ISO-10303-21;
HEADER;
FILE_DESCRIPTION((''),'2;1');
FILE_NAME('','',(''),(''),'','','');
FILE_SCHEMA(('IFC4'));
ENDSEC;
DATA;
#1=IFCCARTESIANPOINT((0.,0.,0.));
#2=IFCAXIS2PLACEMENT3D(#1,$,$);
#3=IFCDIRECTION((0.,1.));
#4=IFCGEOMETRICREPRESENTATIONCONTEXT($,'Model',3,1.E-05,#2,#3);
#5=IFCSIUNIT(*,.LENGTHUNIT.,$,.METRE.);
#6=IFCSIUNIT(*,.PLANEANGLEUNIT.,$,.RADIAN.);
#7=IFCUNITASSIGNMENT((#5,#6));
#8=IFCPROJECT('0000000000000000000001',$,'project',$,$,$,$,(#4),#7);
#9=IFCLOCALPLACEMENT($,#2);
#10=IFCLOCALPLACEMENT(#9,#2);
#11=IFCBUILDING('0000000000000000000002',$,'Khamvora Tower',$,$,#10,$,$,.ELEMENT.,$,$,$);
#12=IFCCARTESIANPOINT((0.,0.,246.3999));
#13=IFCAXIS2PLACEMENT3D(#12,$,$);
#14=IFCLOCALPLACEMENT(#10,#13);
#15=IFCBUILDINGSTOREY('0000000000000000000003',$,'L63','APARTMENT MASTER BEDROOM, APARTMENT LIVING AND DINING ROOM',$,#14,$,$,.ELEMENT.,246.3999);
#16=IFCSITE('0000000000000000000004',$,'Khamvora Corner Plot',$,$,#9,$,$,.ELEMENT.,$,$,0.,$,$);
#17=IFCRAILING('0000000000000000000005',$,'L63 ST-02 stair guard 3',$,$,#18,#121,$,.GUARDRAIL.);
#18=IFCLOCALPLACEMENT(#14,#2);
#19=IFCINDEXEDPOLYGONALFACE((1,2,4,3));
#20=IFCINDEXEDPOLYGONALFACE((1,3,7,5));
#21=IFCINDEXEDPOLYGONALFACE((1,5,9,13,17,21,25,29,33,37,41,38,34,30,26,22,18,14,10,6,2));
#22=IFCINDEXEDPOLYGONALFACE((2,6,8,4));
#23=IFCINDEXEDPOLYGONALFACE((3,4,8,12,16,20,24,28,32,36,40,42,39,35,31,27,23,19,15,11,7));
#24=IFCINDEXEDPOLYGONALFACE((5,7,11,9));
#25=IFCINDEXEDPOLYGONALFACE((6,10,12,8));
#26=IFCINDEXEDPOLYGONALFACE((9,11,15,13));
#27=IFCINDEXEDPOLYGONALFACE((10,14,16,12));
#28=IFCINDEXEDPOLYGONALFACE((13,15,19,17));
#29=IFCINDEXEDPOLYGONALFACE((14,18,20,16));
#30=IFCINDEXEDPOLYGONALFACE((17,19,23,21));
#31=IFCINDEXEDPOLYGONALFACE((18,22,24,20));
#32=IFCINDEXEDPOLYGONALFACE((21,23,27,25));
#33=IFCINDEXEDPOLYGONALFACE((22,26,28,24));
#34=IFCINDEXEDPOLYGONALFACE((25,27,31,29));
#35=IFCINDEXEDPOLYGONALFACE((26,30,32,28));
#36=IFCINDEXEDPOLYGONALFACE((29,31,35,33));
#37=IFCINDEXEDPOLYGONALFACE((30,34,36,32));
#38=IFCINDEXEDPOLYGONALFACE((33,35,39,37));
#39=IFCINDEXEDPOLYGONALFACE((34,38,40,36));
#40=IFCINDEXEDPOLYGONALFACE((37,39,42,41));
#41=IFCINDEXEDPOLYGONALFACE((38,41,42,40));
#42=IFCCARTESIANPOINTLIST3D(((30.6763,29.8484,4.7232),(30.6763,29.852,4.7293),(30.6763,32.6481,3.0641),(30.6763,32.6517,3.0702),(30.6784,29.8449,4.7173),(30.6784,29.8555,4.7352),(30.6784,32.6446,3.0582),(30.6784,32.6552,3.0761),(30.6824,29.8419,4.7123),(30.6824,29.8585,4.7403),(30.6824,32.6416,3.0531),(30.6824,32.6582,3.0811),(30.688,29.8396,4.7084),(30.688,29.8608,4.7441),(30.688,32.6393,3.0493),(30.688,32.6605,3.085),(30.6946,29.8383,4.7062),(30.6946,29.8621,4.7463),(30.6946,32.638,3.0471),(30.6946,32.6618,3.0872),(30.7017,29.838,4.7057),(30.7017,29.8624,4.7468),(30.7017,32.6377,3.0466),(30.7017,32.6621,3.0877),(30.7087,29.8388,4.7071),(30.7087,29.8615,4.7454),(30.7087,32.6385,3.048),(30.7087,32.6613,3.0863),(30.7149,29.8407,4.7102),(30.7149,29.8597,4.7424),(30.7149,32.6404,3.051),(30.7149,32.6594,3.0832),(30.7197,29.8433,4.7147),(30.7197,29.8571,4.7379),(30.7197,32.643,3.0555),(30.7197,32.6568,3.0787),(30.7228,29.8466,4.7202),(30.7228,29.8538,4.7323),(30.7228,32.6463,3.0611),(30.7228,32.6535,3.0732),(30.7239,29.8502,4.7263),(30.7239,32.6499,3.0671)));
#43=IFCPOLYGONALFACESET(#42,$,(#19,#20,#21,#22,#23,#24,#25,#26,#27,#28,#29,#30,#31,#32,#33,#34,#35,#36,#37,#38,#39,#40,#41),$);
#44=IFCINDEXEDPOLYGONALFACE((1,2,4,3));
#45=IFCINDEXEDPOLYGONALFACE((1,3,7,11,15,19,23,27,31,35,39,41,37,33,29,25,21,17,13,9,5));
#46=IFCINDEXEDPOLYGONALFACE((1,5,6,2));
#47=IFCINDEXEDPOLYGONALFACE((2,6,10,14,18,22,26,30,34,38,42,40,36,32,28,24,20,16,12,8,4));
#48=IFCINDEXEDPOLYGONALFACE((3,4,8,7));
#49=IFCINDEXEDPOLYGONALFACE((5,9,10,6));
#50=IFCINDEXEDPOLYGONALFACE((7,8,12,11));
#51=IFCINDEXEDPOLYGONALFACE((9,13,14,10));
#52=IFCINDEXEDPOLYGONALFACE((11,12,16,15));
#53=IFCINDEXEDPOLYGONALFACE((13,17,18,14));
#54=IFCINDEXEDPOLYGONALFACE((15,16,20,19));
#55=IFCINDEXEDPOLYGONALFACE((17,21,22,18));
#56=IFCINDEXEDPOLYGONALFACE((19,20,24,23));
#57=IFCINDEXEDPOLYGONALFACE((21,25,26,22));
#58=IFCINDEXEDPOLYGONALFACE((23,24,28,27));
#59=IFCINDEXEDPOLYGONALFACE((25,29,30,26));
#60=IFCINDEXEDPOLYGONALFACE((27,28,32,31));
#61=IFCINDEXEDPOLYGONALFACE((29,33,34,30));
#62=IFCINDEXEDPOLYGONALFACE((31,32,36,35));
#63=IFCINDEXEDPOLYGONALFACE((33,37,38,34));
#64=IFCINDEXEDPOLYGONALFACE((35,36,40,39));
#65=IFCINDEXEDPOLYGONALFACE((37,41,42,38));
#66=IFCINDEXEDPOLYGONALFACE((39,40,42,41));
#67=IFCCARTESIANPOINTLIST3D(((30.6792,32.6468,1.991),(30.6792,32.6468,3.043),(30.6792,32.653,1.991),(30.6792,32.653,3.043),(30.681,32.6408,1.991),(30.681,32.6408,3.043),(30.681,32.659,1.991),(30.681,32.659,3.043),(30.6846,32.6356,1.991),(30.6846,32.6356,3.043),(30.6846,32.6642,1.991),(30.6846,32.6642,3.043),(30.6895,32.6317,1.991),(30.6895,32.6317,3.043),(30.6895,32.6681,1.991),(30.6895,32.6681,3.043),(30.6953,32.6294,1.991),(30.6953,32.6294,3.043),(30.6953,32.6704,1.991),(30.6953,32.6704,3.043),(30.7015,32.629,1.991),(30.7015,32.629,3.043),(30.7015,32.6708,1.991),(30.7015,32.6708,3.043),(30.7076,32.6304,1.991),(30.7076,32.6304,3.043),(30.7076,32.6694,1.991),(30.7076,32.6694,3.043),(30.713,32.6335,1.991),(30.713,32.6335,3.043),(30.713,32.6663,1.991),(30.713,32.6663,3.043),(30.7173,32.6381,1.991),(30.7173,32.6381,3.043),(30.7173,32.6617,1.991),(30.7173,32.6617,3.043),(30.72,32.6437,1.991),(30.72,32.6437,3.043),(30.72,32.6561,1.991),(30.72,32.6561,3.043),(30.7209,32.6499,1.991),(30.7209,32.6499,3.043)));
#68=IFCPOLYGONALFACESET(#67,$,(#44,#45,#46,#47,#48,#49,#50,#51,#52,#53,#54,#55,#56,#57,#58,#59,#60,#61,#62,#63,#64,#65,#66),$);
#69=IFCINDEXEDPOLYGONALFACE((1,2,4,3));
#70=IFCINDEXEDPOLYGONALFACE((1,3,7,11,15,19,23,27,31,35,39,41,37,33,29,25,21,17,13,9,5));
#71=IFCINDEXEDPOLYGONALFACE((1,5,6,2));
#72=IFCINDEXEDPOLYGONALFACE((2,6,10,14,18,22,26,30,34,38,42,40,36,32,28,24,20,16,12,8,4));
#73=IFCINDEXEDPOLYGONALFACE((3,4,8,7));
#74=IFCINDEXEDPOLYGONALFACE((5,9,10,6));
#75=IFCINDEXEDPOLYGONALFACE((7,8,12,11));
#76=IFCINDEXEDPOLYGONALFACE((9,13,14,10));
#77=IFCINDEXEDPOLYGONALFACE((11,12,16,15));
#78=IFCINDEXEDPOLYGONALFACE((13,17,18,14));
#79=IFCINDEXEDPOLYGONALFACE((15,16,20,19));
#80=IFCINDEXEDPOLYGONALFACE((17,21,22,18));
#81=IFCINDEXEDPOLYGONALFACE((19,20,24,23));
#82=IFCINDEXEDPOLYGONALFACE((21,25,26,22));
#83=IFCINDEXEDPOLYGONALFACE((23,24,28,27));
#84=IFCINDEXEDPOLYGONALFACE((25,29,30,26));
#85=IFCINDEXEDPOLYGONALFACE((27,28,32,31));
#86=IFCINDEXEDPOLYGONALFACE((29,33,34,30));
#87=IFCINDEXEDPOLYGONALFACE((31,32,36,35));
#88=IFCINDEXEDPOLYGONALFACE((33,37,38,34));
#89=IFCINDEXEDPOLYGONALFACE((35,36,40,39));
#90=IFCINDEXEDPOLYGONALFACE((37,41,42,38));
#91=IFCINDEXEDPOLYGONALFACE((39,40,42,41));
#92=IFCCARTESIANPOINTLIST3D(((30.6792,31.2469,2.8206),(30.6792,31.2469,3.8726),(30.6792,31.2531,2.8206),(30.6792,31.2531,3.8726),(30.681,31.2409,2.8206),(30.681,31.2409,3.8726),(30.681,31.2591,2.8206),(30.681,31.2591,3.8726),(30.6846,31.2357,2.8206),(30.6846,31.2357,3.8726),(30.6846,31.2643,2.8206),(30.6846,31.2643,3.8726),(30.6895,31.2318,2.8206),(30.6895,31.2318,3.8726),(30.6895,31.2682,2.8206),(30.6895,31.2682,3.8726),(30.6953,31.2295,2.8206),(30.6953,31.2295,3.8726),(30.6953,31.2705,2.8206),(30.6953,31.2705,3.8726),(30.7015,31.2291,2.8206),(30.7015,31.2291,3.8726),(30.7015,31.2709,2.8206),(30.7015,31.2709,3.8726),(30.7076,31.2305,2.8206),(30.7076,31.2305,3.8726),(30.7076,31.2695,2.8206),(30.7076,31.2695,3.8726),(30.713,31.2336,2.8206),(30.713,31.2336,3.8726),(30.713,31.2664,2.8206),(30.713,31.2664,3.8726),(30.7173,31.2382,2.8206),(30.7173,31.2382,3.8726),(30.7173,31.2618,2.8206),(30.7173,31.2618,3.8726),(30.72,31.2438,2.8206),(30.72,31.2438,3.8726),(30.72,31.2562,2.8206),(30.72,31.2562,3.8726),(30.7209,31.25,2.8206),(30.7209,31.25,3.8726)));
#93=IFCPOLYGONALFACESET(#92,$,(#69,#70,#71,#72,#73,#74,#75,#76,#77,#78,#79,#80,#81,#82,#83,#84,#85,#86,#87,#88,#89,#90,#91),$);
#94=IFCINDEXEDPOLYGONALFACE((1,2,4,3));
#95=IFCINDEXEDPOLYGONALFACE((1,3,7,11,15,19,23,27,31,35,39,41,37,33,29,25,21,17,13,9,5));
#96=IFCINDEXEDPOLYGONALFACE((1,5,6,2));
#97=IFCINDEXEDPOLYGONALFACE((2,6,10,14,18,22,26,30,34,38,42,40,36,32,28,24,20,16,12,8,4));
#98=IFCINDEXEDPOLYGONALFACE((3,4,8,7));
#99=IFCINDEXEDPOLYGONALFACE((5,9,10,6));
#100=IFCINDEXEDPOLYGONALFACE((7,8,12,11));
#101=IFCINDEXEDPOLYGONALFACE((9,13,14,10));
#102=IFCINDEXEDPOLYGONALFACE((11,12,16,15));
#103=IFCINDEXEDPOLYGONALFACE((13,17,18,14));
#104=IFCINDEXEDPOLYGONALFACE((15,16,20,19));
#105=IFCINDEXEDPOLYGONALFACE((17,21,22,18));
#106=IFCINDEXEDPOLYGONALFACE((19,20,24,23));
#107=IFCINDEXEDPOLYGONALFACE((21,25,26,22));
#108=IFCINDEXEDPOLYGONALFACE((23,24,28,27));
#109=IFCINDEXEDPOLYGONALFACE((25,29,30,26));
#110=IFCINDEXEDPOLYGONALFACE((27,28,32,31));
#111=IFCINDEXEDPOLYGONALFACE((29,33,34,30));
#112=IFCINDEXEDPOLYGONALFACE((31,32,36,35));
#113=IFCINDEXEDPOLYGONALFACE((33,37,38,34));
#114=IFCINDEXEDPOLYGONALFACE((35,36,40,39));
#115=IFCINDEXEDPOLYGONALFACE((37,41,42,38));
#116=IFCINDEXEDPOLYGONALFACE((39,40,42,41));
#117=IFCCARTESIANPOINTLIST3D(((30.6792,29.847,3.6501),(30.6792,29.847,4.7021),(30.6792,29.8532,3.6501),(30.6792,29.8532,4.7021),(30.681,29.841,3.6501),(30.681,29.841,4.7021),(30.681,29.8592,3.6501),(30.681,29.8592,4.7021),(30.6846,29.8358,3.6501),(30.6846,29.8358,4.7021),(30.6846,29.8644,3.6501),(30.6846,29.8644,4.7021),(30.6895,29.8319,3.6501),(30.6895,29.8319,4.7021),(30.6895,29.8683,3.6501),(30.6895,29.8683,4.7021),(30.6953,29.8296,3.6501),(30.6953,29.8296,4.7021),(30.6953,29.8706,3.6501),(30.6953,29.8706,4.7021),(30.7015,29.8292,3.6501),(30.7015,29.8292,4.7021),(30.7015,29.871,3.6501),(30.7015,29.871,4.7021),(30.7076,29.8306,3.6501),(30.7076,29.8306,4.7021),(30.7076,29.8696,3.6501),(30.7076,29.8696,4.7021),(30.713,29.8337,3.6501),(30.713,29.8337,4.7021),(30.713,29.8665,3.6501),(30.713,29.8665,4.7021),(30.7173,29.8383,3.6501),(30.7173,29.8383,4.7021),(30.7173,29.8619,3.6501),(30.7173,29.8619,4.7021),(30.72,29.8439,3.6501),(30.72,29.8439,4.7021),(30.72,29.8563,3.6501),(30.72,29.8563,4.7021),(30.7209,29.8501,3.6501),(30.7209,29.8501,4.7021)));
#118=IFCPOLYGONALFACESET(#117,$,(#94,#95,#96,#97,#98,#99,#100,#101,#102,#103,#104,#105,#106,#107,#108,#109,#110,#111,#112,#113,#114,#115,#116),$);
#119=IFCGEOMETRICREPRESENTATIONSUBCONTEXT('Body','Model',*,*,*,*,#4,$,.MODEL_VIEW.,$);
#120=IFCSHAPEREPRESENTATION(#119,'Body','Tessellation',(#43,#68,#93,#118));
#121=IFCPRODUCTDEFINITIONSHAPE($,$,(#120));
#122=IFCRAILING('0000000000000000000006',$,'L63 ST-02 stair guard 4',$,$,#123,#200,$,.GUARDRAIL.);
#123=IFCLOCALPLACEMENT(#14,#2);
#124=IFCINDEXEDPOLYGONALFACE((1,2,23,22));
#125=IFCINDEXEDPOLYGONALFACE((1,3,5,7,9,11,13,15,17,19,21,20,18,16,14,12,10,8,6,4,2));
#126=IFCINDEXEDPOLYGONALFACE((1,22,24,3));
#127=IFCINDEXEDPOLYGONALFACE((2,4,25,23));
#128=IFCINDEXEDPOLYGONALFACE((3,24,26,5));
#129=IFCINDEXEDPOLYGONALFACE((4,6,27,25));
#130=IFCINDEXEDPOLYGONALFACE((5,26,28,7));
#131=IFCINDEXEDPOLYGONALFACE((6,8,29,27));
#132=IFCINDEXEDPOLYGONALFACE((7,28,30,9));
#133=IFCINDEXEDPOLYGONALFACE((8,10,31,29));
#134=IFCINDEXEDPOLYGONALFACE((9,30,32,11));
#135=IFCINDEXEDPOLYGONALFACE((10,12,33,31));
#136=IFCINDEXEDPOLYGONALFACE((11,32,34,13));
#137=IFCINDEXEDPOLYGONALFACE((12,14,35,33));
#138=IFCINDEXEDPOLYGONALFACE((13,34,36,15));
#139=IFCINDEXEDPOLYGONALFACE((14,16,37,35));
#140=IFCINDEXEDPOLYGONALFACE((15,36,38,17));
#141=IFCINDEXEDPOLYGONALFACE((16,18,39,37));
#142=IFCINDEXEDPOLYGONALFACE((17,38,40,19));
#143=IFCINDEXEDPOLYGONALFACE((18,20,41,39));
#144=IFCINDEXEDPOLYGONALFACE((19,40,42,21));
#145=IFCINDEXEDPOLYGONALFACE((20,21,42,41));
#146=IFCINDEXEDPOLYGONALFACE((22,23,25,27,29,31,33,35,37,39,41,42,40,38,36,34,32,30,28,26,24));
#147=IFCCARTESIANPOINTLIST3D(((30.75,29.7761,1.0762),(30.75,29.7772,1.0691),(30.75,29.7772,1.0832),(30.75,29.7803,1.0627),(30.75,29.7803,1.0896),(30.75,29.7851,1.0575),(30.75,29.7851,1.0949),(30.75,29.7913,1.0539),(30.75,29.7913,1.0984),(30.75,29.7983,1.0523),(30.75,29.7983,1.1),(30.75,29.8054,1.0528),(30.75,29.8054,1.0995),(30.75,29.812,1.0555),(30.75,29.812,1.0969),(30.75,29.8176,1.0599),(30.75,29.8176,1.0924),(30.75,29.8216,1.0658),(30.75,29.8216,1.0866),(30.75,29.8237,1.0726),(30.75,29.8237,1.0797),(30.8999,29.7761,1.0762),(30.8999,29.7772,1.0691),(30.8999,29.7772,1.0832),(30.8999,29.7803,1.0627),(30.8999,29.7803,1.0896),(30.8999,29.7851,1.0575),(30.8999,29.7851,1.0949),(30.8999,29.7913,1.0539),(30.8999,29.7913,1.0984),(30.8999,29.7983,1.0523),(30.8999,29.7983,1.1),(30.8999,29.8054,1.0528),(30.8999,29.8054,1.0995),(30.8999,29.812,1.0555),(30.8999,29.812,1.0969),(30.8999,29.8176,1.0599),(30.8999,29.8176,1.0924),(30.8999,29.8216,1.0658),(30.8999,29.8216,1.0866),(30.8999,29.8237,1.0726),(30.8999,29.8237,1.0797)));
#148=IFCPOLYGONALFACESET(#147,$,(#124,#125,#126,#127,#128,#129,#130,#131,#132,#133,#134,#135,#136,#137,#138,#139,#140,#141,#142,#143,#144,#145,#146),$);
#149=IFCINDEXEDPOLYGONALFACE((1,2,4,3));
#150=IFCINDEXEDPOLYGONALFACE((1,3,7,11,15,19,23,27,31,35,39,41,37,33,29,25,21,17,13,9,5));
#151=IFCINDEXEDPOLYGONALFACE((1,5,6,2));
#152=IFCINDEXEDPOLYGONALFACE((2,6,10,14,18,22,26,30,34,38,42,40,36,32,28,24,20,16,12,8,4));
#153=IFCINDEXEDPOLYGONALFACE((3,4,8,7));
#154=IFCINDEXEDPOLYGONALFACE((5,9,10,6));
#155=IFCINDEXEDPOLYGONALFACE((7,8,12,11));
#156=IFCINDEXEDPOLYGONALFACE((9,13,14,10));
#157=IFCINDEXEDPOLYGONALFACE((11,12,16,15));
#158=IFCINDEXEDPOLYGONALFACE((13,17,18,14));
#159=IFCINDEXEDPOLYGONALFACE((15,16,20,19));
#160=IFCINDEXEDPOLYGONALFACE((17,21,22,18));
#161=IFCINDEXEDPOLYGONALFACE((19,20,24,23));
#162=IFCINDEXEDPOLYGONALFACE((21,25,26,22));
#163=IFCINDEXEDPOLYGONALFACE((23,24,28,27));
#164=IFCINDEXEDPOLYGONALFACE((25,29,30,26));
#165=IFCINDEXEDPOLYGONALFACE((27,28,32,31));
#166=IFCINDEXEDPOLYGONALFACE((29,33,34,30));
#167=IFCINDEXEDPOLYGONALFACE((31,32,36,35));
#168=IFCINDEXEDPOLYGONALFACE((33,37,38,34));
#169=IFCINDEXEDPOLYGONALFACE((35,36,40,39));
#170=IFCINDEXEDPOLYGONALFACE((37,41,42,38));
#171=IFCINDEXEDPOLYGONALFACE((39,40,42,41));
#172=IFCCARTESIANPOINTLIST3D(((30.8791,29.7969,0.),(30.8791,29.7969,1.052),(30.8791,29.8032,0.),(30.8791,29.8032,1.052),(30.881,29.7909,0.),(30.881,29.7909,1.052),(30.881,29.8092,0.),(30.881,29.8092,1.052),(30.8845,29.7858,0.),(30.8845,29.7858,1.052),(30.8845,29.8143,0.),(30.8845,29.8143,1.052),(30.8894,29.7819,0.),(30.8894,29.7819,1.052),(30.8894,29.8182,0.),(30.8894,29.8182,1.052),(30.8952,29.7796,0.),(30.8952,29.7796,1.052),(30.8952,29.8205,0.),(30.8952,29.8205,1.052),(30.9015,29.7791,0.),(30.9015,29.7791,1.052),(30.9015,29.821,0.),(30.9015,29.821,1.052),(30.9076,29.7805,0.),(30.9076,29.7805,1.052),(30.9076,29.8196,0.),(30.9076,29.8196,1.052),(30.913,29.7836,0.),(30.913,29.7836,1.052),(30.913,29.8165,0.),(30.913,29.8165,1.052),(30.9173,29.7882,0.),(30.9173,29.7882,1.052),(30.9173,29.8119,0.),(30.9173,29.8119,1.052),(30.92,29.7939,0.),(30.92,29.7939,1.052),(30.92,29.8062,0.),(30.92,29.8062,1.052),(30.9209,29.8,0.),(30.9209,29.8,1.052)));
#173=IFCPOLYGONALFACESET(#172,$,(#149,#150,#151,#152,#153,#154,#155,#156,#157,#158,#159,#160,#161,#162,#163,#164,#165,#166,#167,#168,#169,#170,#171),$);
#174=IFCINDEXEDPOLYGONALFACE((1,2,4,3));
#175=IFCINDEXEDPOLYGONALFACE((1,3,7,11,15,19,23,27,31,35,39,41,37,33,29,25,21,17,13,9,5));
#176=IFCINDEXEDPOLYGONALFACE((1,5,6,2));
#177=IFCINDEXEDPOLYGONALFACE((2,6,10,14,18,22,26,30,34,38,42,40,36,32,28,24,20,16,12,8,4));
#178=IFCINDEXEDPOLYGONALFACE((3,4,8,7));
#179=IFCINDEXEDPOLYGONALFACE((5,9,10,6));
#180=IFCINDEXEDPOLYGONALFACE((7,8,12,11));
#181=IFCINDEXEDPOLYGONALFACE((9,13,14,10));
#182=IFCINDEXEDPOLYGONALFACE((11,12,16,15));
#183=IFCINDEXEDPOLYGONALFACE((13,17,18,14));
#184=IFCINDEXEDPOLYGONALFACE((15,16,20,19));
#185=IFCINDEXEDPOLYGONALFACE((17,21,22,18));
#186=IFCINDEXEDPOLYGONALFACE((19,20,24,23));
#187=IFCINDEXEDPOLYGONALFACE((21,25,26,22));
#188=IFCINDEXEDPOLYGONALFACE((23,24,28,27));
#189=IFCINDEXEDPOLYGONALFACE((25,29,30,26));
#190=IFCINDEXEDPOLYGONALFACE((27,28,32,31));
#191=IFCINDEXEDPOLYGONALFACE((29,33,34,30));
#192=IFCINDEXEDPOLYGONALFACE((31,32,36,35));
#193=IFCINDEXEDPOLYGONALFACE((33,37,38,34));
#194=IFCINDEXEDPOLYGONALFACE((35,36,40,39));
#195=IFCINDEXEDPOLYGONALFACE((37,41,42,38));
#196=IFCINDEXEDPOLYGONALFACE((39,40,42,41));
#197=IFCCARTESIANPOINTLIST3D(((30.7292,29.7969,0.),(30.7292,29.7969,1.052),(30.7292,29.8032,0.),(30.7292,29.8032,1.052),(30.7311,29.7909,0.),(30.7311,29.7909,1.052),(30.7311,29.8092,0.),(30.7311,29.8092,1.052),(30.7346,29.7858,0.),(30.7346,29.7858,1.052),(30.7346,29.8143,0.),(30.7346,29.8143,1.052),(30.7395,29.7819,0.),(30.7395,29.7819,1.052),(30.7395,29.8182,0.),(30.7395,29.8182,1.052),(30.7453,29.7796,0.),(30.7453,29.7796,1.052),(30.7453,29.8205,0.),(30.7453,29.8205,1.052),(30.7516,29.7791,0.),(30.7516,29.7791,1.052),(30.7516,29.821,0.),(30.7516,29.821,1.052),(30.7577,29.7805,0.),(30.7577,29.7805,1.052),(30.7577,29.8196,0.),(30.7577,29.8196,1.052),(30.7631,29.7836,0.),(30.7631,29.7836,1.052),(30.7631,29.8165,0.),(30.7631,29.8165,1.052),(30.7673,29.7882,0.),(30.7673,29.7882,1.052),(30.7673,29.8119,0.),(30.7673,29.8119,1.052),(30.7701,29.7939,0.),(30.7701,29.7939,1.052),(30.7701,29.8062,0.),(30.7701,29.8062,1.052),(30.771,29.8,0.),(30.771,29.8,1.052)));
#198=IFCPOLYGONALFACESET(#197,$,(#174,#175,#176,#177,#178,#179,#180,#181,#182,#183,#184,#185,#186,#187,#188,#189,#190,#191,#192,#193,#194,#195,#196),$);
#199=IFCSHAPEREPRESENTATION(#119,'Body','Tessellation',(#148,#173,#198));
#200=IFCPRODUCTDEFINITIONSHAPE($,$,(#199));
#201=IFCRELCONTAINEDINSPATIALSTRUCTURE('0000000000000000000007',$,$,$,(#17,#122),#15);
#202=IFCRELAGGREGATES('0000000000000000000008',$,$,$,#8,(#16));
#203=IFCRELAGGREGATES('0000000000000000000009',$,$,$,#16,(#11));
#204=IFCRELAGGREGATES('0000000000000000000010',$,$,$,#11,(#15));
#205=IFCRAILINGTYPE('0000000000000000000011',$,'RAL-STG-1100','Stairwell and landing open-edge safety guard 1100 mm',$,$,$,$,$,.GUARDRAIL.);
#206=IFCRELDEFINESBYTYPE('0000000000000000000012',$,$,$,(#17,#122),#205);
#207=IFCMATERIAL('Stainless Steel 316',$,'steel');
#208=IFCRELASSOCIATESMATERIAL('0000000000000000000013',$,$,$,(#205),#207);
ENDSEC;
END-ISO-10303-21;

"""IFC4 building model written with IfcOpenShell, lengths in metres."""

from ifc_helpers import new_model, si_unit, direction, frame, origin, origin_2d, place, context, subcontext, project, spatial, circle, extrude, material, type_object, element, save


model = new_model("IFC4")

# Units and contexts
model_context = context("Model", 3, precision=1e-05, world=origin(), true_north=direction((0.0, 1.0)))
body_context = subcontext(model_context, "Body", "Model", "MODEL_VIEW")
ifc_project = project(units=[si_unit("LENGTHUNIT", "METRE"), si_unit("PLANEANGLEUNIT", "RADIAN")], contexts=[model_context])

# Site, building, storey
site_placement = place(None, origin())
site = spatial("IfcSite", under=ifc_project, at=site_placement, Name="Khamvora Corner Plot", CompositionType="ELEMENT", RefElevation=0.0)
building_placement = place(site_placement, origin())
building = spatial("IfcBuilding", under=site, at=building_placement, Name="Khamvora Tower", CompositionType="ELEMENT")
storey_placement = place(building_placement, frame((0.0, 0.0, 246.3999)))
storey = spatial("IfcBuildingStorey", under=building, at=storey_placement, Name="L63", Description="APARTMENT MASTER BEDROOM, APARTMENT LIVING AND DINING ROOM", CompositionType="ELEMENT", Elevation=246.3999)

# Railings
ifc_material_1 = material(Name="Stainless Steel 316", Category="steel")
railing_type_1 = type_object("IfcRailingType", Name="RAL-STG-1100", Description="Stairwell and landing open-edge safety guard 1100 mm", PredefinedType="GUARDRAIL", material=ifc_material_1)
railing_1_placement = place(storey_placement, frame((30.7, 32.6499, 1.991)))
element("IfcRailing", 1, at=railing_1_placement, inside=storey, type_object=railing_type_1, Name="L63 ST-02 stair guard 3", PredefinedType="GUARDRAIL", context=body_context, shape_type="SweptSolid", body=[
    extrude(circle(Radius=0.0239, at=origin_2d()), frame((0.0, 0.0, 1.0762), z_axis=(0.0, -0.860287, 0.509811), x_axis=(1.0, 0.0, 0.0)), (0.0, 0.0, 1.0), 3.2544),
    extrude(circle(Radius=0.021, at=origin_2d()), origin(), (0.0, 0.0, 1.0), 1.052),
    extrude(circle(Radius=0.021, at=origin_2d()), frame((0.0, -1.3999, 0.8296)), (0.0, 0.0, 1.0), 1.052),
    extrude(circle(Radius=0.021, at=origin_2d()), frame((0.0, -2.7998, 1.6592)), (0.0, 0.0, 1.0), 1.052),
])
railing_2_placement = place(storey_placement, frame((30.8999, 29.8, 0.0)))
element("IfcRailing", 2, at=railing_2_placement, inside=storey, type_object=railing_type_1, Name="L63 ST-02 stair guard 4", PredefinedType="GUARDRAIL", context=body_context, shape_type="SweptSolid", body=[
    extrude(circle(Radius=0.0239, at=origin_2d()), frame((0.0, 0.0, 1.0762), z_axis=(-1.0, 0.0, 0.0), x_axis=(0.0, -1.0, 0.0)), (0.0, 0.0, 1.0), 0.1499),
    extrude(circle(Radius=0.021, at=origin_2d()), origin(), (0.0, 0.0, 1.0), 1.052),
    extrude(circle(Radius=0.021, at=origin_2d()), frame((-0.1499, 0.0, 0.0)), (0.0, 0.0, 1.0), 1.052),
])

save(model, "model.ifc")
